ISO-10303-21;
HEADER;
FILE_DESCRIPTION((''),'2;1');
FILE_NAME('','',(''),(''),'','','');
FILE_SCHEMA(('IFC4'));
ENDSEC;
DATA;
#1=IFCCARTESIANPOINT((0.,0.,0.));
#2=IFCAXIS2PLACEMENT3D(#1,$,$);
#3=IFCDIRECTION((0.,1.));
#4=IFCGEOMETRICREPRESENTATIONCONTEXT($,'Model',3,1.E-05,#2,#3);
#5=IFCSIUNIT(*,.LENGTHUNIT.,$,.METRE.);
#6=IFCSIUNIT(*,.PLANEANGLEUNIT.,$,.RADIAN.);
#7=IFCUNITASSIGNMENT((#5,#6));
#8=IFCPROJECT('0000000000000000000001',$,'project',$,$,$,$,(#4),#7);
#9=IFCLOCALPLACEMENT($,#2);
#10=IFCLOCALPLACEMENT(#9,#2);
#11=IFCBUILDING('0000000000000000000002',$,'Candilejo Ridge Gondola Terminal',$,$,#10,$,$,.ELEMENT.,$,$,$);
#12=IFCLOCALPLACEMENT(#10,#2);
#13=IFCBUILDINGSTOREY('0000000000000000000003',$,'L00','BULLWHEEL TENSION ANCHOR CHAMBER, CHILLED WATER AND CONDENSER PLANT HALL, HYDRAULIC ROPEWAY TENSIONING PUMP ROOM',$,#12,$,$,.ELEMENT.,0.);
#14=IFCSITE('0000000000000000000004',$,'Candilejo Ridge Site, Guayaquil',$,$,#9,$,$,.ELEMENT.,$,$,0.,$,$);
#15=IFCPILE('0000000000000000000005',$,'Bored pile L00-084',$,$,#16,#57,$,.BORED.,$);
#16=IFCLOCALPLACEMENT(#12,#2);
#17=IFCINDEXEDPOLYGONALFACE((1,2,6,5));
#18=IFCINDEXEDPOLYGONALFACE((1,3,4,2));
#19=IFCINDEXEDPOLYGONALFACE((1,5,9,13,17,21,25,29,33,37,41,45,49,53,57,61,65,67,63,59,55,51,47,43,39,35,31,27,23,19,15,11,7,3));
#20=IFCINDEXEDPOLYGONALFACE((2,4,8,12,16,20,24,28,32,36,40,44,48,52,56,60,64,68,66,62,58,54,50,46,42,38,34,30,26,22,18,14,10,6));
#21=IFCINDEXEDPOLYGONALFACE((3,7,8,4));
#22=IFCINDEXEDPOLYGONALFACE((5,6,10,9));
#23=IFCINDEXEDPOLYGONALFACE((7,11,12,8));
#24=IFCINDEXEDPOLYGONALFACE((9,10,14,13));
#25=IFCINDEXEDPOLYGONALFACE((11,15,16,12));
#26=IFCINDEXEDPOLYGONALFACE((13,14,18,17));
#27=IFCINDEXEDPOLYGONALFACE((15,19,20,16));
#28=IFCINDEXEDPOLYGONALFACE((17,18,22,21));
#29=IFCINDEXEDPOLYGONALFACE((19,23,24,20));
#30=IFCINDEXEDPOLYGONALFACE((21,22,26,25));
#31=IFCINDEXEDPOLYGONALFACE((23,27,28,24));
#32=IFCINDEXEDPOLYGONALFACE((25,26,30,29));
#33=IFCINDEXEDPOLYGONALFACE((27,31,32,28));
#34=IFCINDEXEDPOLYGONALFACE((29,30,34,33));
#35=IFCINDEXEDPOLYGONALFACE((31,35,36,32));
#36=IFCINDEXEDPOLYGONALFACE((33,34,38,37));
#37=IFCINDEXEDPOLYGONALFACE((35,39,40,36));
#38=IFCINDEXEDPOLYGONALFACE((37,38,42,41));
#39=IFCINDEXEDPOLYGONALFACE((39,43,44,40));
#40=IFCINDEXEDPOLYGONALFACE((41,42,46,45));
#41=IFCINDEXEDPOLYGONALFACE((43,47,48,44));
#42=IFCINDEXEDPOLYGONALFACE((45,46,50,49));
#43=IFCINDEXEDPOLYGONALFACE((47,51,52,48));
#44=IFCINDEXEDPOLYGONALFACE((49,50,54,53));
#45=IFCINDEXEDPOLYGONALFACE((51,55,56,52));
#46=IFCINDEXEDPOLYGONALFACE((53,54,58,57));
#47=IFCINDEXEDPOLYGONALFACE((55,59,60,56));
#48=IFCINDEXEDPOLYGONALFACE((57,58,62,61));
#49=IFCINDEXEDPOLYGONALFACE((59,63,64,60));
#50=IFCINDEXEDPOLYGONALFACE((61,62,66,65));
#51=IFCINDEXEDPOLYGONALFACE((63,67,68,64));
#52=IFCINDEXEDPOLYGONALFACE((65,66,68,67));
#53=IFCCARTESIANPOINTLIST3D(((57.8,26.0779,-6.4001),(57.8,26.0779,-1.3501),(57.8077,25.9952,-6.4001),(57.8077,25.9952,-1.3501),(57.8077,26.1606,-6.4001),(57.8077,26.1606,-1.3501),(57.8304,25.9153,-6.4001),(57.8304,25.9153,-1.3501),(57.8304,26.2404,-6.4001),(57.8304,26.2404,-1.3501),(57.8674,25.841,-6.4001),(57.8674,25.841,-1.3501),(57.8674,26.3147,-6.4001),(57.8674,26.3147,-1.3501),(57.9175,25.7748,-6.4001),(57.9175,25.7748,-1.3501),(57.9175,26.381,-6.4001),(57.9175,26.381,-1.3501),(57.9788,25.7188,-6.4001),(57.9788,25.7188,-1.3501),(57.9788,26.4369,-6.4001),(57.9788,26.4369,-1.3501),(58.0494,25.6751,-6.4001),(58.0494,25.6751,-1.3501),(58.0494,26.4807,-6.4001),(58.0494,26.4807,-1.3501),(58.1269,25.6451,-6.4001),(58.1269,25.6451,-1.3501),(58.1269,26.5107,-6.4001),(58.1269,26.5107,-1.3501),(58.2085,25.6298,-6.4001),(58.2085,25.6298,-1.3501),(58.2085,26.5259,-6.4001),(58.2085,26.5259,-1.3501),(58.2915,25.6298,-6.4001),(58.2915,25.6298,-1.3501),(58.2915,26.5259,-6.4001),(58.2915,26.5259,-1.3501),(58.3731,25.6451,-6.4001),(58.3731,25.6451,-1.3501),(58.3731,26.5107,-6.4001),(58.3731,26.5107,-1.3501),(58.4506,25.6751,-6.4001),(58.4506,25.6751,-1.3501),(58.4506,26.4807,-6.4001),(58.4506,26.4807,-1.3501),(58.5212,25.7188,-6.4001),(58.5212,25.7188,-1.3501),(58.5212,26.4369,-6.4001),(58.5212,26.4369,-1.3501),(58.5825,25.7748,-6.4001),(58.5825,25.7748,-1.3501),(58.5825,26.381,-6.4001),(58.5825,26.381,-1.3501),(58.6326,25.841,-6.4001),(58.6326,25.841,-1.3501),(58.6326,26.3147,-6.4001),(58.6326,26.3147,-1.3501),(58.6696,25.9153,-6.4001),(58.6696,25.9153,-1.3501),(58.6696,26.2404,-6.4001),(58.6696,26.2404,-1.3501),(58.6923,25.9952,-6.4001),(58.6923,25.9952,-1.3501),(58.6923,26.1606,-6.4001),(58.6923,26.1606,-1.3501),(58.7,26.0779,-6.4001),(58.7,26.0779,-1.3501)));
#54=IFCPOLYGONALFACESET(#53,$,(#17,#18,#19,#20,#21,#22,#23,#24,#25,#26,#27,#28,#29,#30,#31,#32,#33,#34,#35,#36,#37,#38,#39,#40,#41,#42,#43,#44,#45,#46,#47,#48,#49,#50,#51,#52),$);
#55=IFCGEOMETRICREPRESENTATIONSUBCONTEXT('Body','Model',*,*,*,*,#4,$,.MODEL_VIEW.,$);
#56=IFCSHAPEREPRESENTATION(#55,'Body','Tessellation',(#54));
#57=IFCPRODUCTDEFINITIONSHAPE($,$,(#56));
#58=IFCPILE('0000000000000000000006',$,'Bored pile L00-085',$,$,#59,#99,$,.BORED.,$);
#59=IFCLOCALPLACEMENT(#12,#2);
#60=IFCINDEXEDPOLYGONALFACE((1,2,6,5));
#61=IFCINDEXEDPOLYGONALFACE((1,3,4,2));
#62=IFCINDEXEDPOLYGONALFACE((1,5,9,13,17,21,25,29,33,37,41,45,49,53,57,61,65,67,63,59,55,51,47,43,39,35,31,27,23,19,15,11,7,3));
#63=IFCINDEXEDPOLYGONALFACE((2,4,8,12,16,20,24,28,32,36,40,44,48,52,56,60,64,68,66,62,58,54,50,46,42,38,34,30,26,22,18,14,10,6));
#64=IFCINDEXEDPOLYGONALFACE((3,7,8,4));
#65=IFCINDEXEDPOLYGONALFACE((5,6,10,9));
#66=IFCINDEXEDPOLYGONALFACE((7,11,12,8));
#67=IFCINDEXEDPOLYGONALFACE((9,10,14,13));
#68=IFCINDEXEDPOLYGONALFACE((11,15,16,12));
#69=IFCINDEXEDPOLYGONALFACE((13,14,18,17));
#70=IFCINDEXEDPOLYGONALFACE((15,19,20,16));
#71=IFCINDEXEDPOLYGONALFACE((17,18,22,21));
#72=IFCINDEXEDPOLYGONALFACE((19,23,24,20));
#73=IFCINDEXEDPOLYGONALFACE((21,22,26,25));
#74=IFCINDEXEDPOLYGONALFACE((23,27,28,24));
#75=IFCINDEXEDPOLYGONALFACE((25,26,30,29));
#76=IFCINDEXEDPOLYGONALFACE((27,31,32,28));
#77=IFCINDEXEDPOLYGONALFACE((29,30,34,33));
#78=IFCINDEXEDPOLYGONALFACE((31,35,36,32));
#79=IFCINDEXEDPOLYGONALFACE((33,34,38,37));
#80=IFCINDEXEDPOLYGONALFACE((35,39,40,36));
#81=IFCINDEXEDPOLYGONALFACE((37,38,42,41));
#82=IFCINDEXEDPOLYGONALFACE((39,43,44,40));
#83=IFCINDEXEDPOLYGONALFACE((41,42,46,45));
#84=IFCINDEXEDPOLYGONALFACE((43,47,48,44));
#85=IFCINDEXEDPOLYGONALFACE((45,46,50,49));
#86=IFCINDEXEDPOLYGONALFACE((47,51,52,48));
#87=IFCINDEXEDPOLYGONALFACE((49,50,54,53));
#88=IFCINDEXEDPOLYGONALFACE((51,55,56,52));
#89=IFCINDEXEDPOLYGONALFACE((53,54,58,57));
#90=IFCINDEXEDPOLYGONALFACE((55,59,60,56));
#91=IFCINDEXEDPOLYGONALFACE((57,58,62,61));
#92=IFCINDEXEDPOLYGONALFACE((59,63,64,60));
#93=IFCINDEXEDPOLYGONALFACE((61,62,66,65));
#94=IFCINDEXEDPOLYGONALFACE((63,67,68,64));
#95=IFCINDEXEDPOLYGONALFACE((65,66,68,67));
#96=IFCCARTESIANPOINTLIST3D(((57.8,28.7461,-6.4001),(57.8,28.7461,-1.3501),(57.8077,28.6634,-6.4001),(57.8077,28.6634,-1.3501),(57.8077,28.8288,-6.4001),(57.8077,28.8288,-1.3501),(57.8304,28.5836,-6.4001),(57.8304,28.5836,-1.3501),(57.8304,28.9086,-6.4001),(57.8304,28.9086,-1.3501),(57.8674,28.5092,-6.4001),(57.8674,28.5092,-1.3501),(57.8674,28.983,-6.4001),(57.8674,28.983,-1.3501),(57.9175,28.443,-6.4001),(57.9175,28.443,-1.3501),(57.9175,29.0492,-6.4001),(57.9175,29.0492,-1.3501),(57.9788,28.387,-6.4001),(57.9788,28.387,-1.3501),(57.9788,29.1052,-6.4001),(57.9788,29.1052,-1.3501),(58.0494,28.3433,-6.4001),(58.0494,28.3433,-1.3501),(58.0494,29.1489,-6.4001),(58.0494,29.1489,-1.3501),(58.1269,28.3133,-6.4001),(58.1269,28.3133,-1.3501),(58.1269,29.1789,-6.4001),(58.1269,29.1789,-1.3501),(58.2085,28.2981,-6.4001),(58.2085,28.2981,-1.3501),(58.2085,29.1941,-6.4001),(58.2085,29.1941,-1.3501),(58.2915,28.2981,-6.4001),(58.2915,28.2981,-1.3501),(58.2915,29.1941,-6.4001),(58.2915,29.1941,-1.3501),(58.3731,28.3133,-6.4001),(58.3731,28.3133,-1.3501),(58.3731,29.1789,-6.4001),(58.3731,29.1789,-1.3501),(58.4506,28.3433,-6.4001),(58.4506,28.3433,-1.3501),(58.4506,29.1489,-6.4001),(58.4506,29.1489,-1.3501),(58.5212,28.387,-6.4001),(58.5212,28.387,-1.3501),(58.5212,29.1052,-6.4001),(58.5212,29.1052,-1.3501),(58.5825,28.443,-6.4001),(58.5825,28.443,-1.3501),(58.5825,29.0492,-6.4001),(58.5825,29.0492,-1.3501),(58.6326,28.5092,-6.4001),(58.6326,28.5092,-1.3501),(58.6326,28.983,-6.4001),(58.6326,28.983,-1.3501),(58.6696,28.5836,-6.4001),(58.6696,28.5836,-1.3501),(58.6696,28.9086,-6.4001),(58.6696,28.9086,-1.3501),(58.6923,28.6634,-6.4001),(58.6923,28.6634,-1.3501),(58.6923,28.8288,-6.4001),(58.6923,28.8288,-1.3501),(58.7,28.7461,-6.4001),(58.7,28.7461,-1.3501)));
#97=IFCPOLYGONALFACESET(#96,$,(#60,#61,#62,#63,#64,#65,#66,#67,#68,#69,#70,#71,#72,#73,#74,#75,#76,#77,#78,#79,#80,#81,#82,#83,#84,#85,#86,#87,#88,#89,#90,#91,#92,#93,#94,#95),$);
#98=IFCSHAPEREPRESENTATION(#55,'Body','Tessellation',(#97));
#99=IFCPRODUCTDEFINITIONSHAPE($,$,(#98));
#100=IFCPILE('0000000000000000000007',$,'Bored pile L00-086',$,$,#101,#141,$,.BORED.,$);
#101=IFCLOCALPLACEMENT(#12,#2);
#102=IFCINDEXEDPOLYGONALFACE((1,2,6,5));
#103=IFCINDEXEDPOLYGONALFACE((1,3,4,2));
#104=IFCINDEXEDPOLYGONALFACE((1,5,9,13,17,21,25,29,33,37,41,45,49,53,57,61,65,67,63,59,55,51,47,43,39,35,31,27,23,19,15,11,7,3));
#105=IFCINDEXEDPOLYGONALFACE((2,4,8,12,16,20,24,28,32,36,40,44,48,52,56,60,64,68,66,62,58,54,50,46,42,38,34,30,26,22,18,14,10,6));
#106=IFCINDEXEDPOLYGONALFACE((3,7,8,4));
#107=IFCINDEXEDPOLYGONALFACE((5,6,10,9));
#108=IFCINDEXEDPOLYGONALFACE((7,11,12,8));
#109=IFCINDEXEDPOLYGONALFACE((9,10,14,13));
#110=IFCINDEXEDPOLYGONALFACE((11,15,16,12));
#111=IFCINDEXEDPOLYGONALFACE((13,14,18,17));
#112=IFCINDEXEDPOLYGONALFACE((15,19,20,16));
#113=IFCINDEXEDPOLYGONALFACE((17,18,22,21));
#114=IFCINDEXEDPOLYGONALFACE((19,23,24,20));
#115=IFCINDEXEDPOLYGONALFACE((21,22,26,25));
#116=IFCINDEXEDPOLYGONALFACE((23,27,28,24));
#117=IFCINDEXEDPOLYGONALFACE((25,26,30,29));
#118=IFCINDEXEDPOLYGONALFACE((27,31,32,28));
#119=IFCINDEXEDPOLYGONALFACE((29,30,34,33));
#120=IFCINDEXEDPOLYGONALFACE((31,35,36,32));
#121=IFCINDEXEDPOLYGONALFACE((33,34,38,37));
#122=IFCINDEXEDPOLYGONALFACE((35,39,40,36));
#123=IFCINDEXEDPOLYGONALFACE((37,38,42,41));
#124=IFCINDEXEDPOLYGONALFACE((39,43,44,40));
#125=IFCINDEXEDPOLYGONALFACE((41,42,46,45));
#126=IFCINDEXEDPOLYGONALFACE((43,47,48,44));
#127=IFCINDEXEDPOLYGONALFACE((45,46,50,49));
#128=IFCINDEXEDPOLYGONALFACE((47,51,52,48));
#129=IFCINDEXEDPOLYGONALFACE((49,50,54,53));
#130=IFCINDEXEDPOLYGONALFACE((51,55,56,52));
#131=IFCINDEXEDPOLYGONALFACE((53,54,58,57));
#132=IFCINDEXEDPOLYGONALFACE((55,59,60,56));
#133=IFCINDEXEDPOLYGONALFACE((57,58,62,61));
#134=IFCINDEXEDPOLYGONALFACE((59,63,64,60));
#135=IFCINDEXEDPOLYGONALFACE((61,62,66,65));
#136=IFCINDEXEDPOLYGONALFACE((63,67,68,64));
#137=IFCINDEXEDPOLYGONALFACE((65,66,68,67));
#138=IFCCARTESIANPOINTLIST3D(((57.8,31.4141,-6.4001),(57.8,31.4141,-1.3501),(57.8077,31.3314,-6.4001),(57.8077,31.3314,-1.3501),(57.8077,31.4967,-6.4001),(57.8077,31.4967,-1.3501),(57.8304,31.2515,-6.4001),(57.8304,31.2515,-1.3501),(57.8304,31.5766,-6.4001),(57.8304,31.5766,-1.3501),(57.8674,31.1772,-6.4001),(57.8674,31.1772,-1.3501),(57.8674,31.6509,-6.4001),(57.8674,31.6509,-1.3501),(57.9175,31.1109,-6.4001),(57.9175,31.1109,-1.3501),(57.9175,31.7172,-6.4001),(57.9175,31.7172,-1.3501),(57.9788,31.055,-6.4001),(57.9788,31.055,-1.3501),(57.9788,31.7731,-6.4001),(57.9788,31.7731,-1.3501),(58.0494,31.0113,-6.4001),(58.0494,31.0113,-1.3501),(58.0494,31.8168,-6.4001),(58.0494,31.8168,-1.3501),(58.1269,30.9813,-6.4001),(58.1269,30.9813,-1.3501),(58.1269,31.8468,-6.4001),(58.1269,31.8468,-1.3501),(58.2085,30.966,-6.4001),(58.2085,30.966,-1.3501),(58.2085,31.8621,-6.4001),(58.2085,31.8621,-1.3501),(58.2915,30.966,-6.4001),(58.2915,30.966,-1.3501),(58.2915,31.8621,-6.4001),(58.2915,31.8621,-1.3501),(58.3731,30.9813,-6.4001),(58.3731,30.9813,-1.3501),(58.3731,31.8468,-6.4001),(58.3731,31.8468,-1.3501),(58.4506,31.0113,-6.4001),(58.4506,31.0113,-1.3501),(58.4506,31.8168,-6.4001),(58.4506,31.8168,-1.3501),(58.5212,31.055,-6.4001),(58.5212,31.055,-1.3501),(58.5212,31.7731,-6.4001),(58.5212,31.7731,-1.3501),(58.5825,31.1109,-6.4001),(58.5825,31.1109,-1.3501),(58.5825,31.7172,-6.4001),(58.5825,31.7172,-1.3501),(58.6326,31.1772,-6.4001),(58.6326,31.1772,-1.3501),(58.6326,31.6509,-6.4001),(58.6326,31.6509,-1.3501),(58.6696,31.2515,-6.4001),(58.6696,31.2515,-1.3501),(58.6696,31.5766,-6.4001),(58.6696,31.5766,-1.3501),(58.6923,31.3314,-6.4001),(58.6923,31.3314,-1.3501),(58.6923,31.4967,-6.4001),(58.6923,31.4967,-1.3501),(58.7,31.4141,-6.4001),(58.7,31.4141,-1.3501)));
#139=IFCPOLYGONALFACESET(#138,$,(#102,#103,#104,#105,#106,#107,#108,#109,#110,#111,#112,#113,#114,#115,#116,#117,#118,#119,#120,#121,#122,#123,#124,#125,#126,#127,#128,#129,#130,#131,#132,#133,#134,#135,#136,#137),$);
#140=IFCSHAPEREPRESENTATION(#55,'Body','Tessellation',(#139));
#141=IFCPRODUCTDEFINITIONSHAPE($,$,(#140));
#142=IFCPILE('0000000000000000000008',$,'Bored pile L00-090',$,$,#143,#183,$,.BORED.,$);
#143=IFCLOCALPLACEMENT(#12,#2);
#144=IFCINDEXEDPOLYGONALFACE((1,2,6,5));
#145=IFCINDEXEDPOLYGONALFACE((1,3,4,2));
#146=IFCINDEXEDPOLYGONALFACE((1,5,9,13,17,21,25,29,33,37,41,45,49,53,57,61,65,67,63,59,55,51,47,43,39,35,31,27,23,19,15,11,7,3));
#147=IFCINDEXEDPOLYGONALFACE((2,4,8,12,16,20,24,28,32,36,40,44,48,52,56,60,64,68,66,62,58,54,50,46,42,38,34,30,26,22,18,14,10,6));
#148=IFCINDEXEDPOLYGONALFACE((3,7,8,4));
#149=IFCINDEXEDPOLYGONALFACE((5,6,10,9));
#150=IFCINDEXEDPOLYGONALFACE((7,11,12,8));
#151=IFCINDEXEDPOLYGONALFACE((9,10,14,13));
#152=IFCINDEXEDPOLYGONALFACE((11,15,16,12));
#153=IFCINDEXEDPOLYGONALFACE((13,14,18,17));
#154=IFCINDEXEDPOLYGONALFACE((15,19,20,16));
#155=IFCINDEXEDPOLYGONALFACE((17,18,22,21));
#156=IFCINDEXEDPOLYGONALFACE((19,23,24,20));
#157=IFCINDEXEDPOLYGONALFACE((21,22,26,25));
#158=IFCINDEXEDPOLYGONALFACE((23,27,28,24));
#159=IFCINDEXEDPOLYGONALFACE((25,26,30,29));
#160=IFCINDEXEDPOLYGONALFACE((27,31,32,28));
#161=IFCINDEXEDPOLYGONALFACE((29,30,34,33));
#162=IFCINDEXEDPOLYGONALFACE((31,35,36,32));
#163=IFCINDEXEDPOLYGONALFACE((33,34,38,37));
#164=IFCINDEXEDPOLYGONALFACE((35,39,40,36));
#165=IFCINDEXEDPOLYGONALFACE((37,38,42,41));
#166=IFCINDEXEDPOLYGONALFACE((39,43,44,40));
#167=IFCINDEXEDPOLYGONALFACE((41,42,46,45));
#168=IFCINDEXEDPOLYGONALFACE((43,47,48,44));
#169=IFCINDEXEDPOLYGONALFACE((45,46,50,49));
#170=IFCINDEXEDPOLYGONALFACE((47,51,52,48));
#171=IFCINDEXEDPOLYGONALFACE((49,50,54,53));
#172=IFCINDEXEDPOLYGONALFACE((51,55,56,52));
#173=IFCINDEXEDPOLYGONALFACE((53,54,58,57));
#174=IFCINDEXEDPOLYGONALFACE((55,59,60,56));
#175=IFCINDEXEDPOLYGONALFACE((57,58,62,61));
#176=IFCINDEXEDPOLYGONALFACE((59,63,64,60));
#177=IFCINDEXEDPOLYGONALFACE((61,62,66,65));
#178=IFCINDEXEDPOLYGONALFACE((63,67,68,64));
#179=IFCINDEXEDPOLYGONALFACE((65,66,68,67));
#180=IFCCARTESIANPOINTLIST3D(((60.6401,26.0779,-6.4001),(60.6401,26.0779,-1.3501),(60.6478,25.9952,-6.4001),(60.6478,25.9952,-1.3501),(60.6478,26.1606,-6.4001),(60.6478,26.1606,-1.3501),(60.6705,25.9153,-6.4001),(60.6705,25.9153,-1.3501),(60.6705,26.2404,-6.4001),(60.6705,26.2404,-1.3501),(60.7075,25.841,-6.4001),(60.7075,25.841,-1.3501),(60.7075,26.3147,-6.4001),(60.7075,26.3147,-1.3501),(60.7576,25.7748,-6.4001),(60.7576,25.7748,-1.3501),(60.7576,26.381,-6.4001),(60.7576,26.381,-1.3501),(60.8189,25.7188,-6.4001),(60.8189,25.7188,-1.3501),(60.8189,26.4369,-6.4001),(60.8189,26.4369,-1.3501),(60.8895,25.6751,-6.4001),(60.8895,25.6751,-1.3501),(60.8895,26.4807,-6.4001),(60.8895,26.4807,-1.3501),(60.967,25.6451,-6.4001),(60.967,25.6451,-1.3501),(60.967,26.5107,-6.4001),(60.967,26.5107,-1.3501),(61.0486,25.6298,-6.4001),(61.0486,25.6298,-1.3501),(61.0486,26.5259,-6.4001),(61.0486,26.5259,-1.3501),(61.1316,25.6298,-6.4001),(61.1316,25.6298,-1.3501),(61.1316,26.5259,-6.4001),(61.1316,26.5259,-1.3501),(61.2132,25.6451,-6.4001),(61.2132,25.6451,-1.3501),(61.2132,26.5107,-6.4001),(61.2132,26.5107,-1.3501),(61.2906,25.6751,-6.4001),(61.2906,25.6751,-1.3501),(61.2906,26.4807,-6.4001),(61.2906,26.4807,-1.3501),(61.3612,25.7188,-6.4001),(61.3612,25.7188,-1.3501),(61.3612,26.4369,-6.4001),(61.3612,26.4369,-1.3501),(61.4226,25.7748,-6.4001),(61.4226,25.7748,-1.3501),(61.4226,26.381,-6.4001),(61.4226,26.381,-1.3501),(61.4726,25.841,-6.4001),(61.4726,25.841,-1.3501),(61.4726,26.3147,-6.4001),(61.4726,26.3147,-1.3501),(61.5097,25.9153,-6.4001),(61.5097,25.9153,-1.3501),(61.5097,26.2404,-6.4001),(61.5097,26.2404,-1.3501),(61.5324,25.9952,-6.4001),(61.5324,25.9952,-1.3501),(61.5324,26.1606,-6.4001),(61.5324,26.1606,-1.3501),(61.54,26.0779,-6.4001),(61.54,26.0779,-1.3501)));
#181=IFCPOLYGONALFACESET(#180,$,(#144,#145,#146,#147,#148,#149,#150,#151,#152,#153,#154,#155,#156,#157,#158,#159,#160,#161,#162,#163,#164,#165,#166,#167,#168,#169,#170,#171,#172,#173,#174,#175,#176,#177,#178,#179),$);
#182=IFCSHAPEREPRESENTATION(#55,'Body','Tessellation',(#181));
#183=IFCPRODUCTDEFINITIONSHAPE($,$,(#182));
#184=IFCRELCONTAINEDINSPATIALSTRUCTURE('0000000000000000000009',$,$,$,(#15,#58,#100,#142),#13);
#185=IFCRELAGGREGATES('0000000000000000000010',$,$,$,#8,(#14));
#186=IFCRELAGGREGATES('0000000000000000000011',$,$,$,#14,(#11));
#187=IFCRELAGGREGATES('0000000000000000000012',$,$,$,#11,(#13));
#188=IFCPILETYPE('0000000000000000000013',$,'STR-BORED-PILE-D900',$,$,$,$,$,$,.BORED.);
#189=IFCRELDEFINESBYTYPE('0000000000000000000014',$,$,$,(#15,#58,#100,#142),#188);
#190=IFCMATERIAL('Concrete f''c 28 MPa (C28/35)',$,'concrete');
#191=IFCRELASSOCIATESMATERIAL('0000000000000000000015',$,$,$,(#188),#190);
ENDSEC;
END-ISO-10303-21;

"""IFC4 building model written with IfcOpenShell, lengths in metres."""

from ifc_helpers import new_model, si_unit, direction, frame, origin, origin_2d, place, context, subcontext, project, spatial, circle, extrude, material, material_profile, profile_set, type_object, element, save


model = new_model("IFC4")

# Units and contexts
model_context = context("Model", 3, precision=1e-05, world=origin(), true_north=direction((0.0, 1.0)))
body_context = subcontext(model_context, "Body", "Model", "MODEL_VIEW")
ifc_project = project(units=[si_unit("LENGTHUNIT", "METRE"), si_unit("PLANEANGLEUNIT", "RADIAN")], contexts=[model_context])

# Site, building, storey
site_placement = place(None, origin())
site = spatial("IfcSite", under=ifc_project, at=site_placement, Name="Candilejo Ridge Site, Guayaquil", CompositionType="ELEMENT", RefElevation=0.0)
building_placement = place(site_placement, origin())
building = spatial("IfcBuilding", under=site, at=building_placement, Name="Candilejo Ridge Gondola Terminal", CompositionType="ELEMENT")
storey_placement = place(building_placement, origin())
storey = spatial("IfcBuildingStorey", under=building, at=storey_placement, Name="L00", Description="BULLWHEEL TENSION ANCHOR CHAMBER, CHILLED WATER AND CONDENSER PLANT HALL, HYDRAULIC ROPEWAY TENSIONING PUMP ROOM", CompositionType="ELEMENT", Elevation=0.0)

# Piles
ifc_material_1 = material(Name="Concrete f'c 28 MPa (C28/35)", Category="concrete")
ifc_material_profile_1 = material_profile(ifc_material_1, circle(Radius=0.45, at=origin_2d()))
ifc_profile_set_1 = profile_set([ifc_material_profile_1], Name="Concrete f'c 28 MPa (C28/35)")
pile_type = type_object("IfcPileType", Name="STR-BORED-PILE-D900", PredefinedType="BORED", material=ifc_profile_set_1)
for number, where, z_axis, x_axis, name in (
    (1, (58.25, 26.0779, -1.3501), (0.0, 0.0, -1.0), (1.0, 0.0, 0.0), "Bored pile L00-084"),
    (2, (58.25, 28.7461, -1.3501), (0.0, 0.0, -1.0), (1.0, 0.0, 0.0), "Bored pile L00-085"),
    (3, (58.25, 31.4141, -1.3501), (0.0, 0.0, -1.0), (1.0, 0.0, 0.0), "Bored pile L00-086"),
    (4, (61.0901, 26.0779, -1.3501), (0.0, 0.0, -1.0), (1.0, 0.0, 0.0), "Bored pile L00-090"),
):
    element("IfcPile", number, at=place(storey_placement, frame(where, z_axis=z_axis, x_axis=x_axis)), inside=storey, type_object=pile_type, Name=name, PredefinedType="BORED", context=body_context, shape_type="SweptSolid", body=[
        extrude(circle(Radius=0.45, at=origin_2d()), origin(), (0.0, 0.0, 1.0), 5.05),
    ])

save(model, "model.ifc")
